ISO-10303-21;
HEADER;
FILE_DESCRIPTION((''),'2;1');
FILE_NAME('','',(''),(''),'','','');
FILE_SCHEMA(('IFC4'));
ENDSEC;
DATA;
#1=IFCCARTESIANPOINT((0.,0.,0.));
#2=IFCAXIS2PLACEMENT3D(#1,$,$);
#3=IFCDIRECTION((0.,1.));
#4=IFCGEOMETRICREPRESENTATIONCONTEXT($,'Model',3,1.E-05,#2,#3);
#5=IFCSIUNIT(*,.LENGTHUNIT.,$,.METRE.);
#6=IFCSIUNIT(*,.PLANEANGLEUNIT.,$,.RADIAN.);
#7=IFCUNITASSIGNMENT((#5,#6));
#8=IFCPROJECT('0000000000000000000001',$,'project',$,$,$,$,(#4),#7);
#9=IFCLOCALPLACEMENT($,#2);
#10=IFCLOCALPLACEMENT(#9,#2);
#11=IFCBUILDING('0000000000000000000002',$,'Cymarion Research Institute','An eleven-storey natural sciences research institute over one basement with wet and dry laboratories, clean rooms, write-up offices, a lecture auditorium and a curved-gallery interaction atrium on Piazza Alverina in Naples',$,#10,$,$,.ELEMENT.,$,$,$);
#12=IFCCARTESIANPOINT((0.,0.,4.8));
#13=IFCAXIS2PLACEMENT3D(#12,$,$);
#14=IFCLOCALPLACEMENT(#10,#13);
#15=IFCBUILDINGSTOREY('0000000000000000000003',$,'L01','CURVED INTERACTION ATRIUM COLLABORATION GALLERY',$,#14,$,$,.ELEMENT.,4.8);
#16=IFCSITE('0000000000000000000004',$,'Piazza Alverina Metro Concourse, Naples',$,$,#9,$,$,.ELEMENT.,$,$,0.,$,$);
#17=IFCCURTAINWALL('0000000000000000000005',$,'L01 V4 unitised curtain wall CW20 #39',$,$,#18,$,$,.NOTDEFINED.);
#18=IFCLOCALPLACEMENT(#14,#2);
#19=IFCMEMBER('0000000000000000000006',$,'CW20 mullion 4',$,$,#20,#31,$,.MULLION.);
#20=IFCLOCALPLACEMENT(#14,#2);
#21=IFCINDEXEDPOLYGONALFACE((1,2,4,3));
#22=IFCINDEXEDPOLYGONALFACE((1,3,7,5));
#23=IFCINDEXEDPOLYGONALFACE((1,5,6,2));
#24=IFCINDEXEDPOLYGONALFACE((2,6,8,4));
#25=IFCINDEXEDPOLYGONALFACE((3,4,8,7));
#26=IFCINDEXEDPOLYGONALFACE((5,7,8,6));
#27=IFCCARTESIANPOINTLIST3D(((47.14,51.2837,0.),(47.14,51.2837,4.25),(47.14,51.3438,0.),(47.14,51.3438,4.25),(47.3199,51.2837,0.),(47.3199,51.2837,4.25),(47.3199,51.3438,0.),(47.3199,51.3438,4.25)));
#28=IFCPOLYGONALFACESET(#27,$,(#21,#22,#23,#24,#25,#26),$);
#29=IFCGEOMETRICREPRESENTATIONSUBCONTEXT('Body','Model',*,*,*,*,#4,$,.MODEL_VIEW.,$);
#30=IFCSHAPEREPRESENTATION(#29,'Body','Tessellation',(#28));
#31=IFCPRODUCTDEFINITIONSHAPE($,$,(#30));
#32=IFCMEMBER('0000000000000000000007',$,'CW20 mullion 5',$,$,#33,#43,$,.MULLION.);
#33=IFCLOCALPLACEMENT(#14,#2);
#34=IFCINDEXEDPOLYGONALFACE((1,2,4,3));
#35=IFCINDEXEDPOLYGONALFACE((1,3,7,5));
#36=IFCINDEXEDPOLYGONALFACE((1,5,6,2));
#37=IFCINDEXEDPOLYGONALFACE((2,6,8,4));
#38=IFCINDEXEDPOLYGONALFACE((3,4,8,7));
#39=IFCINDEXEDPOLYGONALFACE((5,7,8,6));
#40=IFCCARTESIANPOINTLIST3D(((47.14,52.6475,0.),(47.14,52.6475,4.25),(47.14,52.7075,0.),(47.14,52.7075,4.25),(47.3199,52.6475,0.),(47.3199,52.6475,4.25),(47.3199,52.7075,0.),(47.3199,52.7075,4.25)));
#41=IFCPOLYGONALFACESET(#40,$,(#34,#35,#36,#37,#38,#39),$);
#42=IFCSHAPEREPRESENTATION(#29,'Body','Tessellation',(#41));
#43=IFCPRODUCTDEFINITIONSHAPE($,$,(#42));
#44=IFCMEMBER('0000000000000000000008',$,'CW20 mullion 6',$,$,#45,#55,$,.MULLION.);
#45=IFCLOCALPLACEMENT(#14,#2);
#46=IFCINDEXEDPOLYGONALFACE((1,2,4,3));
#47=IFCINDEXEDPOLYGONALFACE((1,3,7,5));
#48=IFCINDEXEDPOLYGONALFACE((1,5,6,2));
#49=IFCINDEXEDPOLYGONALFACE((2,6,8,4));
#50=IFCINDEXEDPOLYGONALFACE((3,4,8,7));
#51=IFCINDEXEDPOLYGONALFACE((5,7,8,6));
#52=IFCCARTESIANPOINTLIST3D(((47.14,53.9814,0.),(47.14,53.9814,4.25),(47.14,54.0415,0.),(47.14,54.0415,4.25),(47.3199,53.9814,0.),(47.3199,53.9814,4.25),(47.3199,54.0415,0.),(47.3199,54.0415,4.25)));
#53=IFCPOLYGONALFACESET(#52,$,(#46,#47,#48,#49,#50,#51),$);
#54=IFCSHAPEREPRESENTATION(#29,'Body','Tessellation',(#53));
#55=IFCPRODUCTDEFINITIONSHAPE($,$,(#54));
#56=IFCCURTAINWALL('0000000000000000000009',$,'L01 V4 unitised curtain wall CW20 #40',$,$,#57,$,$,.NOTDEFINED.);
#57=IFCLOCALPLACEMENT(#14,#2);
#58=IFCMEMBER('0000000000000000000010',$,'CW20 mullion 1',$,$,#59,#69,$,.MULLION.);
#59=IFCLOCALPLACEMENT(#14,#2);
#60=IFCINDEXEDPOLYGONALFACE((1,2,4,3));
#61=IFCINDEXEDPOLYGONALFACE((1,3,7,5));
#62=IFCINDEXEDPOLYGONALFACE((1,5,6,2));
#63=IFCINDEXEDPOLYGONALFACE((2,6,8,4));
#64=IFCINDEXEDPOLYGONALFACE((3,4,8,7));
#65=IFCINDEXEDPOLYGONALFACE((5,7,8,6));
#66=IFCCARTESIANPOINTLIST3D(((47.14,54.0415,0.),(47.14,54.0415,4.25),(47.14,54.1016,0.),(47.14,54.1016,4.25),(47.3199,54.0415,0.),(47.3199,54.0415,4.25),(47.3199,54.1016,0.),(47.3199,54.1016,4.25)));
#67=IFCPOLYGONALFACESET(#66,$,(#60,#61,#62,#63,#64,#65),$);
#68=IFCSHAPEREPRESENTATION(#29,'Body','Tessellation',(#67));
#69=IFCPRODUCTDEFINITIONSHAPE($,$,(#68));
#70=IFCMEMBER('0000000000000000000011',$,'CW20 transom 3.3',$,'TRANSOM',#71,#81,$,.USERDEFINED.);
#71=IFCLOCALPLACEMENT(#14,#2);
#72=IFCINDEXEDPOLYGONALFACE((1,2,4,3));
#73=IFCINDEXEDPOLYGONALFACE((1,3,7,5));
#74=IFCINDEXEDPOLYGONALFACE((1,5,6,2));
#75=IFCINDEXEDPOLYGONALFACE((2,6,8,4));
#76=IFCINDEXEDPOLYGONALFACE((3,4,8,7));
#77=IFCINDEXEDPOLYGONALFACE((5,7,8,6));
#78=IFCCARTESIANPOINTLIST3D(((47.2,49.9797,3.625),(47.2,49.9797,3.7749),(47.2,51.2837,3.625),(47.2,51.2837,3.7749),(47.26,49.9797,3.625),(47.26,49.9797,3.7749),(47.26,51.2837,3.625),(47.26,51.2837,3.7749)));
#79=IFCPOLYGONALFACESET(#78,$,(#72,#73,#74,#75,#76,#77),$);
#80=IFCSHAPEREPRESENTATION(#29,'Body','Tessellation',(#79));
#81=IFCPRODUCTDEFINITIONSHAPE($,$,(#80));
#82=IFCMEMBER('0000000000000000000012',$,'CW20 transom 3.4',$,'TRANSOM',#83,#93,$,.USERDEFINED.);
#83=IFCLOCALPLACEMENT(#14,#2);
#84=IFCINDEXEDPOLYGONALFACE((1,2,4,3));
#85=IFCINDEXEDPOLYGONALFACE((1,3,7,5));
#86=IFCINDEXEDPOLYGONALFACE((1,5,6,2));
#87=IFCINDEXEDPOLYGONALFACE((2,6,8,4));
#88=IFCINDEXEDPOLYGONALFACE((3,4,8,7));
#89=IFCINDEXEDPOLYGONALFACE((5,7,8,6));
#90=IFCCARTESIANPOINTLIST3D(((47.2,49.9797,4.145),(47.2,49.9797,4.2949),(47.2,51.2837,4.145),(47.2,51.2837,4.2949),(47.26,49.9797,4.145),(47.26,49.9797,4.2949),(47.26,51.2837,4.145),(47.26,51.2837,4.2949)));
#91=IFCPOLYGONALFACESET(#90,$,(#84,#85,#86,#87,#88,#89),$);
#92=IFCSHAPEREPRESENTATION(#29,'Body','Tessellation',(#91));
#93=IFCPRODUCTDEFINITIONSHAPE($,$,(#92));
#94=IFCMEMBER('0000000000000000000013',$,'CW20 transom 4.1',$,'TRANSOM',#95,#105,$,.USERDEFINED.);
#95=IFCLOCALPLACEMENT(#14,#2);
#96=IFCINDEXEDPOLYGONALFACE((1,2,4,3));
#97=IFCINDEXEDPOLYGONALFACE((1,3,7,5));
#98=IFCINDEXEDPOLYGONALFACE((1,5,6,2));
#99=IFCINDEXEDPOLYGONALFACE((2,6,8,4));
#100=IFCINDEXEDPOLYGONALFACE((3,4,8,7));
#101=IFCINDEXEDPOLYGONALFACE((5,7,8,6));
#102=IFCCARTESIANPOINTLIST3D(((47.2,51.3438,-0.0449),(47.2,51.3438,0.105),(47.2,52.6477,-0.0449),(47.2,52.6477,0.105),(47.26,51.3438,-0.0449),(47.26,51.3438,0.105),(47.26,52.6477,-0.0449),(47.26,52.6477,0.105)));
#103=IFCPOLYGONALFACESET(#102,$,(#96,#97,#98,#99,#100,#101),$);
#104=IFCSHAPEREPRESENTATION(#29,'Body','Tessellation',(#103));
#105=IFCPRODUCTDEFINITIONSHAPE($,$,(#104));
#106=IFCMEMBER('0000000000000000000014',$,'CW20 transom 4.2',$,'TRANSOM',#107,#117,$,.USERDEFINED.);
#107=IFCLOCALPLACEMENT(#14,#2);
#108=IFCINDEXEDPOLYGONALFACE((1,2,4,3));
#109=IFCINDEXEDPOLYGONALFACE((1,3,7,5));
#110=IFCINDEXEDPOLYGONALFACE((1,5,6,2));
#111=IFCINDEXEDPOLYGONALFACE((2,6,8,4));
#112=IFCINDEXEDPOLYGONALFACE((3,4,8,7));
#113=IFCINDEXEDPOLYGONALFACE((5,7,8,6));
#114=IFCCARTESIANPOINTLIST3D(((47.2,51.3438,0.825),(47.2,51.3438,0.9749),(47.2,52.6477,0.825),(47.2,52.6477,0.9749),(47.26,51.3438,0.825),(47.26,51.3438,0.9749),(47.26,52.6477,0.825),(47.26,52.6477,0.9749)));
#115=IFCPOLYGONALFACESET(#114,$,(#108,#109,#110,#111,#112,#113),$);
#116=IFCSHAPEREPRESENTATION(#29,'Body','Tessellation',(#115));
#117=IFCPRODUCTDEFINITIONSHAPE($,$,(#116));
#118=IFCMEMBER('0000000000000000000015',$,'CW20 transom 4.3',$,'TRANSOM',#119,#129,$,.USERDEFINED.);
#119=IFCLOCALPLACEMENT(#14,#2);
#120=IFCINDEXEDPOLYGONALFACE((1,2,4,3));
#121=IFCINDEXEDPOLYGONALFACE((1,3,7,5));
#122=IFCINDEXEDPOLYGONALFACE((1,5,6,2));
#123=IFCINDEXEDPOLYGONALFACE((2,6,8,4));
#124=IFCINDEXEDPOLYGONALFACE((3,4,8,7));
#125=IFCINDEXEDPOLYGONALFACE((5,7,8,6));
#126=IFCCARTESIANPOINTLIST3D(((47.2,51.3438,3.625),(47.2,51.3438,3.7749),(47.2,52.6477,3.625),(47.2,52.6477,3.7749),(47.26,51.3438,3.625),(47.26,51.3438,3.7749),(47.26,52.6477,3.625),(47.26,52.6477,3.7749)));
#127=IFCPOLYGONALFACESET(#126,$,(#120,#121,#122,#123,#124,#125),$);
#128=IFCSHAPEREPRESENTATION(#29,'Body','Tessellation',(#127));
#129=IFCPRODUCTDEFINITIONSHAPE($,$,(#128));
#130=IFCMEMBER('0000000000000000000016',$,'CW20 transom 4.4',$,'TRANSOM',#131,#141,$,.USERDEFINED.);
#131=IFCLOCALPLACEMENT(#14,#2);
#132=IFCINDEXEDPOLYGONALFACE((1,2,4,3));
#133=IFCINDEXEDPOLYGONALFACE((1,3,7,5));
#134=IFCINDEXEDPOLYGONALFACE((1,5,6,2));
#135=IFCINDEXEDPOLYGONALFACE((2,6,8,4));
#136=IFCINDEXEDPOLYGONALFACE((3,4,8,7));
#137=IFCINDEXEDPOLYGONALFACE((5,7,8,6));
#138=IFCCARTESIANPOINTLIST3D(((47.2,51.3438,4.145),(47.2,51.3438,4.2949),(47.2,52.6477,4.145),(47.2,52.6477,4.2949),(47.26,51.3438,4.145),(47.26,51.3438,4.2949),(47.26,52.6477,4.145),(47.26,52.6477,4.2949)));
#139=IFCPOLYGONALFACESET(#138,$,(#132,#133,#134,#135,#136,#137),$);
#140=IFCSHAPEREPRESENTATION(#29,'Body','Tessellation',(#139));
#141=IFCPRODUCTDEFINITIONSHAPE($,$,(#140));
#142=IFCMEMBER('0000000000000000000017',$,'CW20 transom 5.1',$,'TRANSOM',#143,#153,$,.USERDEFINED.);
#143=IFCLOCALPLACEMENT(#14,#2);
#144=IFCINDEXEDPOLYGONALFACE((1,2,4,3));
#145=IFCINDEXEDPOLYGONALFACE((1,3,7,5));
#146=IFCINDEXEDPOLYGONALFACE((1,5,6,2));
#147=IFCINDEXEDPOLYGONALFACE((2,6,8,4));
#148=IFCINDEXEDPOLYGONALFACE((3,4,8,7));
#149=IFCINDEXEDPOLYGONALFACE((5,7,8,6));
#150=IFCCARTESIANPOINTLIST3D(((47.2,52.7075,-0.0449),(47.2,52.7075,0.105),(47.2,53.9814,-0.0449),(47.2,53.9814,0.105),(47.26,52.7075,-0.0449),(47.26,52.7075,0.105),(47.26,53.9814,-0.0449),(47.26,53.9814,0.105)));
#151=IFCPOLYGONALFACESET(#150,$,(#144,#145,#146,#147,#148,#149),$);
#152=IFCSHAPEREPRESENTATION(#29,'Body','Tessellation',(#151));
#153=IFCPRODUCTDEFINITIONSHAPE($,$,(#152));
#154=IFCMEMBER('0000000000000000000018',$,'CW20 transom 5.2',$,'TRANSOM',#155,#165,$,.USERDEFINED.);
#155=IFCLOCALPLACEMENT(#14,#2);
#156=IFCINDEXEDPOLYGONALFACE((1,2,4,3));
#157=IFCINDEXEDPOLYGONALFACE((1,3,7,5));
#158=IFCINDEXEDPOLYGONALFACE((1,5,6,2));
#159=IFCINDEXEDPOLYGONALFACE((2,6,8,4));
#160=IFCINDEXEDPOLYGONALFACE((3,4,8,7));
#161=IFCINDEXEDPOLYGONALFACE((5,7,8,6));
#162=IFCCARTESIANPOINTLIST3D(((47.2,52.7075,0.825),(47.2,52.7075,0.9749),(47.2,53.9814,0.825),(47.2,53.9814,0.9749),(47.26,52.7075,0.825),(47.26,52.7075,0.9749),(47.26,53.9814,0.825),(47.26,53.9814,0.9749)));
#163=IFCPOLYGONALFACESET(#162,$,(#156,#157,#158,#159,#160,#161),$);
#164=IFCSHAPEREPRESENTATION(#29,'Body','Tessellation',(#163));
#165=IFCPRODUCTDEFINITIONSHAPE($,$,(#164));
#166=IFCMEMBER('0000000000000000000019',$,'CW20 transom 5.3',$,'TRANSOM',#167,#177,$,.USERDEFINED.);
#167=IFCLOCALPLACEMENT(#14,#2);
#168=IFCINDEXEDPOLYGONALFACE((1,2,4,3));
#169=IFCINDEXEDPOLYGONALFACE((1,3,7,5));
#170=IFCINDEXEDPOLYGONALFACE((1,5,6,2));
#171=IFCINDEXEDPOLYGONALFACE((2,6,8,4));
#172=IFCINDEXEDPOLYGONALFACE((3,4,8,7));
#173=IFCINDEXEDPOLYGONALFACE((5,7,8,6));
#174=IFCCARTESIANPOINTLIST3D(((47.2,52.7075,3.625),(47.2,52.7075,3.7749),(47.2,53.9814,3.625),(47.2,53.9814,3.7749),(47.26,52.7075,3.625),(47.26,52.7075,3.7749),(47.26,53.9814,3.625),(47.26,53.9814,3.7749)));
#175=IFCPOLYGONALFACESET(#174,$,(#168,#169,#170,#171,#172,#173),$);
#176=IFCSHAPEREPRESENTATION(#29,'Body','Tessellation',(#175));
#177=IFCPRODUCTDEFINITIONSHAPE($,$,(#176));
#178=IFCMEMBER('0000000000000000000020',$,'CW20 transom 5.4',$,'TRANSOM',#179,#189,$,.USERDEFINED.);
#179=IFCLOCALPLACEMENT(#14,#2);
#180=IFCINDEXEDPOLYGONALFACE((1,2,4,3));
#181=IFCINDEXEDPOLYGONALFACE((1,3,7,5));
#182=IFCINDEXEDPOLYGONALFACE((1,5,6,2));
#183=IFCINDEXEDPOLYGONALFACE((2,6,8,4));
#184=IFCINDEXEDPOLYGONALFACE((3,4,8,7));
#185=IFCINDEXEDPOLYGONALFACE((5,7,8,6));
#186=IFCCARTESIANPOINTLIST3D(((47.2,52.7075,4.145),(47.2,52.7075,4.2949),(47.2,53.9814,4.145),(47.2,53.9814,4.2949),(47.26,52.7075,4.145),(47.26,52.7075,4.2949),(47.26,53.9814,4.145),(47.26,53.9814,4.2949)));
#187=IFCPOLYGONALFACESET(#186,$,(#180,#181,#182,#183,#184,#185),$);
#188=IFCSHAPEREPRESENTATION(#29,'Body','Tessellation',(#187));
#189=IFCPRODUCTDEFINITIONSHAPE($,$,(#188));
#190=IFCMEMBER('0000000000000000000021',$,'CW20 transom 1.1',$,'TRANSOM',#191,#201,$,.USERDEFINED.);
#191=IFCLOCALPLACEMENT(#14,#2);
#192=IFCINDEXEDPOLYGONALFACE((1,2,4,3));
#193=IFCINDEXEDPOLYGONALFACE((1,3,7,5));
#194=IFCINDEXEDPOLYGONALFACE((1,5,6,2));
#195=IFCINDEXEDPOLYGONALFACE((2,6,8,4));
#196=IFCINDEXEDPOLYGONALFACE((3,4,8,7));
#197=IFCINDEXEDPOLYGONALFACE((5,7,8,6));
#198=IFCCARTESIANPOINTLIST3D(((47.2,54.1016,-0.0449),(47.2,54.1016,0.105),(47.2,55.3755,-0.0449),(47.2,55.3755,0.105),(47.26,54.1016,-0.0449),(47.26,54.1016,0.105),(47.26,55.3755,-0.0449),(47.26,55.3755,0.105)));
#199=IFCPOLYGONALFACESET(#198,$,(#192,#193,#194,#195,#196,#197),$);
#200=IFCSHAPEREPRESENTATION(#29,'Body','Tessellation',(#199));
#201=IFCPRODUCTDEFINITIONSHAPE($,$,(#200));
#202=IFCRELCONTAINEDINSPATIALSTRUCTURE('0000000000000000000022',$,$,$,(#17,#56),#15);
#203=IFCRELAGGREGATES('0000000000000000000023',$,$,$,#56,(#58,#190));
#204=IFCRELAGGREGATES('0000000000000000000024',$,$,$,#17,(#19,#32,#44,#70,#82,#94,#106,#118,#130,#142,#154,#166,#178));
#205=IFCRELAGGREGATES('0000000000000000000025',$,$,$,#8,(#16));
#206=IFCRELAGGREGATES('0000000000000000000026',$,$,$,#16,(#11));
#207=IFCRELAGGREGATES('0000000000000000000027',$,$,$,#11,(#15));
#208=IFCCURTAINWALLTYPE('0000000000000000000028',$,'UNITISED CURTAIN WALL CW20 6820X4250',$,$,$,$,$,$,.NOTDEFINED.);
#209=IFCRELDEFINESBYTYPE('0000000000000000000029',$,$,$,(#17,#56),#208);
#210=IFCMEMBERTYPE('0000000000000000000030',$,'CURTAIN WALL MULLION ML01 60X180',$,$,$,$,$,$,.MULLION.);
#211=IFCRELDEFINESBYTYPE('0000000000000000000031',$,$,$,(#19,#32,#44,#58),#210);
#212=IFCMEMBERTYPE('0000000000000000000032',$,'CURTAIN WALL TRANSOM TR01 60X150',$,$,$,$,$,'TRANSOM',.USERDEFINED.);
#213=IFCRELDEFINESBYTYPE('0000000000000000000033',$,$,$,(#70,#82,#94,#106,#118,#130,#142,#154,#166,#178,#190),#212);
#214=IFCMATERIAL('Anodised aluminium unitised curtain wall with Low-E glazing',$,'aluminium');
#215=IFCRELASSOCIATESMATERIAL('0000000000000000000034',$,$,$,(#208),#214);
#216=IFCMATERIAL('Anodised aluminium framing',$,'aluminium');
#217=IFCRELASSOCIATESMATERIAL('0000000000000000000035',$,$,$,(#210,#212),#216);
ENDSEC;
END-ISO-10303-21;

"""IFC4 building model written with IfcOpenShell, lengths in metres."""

from ifc_helpers import new_model, si_unit, direction, frame, origin, origin_2d, place, context, subcontext, project, spatial, rectangle, extrude, material, material_profile, profile_set, type_object, element, aggregate, save


model = new_model("IFC4")

# Units and contexts
model_context = context("Model", 3, precision=1e-05, world=origin(), true_north=direction((0.0, 1.0)))
body_context = subcontext(model_context, "Body", "Model", "MODEL_VIEW")
ifc_project = project(units=[si_unit("LENGTHUNIT", "METRE"), si_unit("PLANEANGLEUNIT", "RADIAN")], contexts=[model_context])

# Site, building, storey
site_placement = place(None, origin())
site = spatial("IfcSite", under=ifc_project, at=site_placement, Name="Piazza Alverina Metro Concourse, Naples", CompositionType="ELEMENT", RefElevation=0.0)
building_placement = place(site_placement, origin())
building = spatial("IfcBuilding", under=site, at=building_placement, Name="Cymarion Research Institute", Description="An eleven-storey natural sciences research institute over one basement with wet and dry laboratories, clean rooms, write-up offices, a lecture auditorium and a curved-gallery interaction atrium on Piazza Alverina in Naples", CompositionType="ELEMENT")
storey_placement = place(building_placement, frame((0.0, 0.0, 4.8)))
storey = spatial("IfcBuildingStorey", under=building, at=storey_placement, Name="L01", Description="CURVED INTERACTION ATRIUM COLLABORATION GALLERY", CompositionType="ELEMENT", Elevation=4.8)

# Curtain wall, members
ifc_material_1 = material(Name="Anodised aluminium unitised curtain wall with Low-E glazing", Category="aluminium")
curtain_wall_type = type_object("IfcCurtainWallType", Name="UNITISED CURTAIN WALL CW20 6820X4250", PredefinedType="NOTDEFINED", material=ifc_material_1)
curtain_wall_1_placement = place(storey_placement, origin())
curtain_wall_1 = element("IfcCurtainWall", 1, at=curtain_wall_1_placement, inside=storey, type_object=curtain_wall_type, Name="L01 V4 unitised curtain wall CW20 #39", PredefinedType="NOTDEFINED")
ifc_material_2 = material(Name="Anodised aluminium framing", Category="aluminium")
ifc_material_profile_1 = material_profile(ifc_material_2, rectangle(XDim=0.0601, YDim=0.1799, at=origin_2d()), Name="ALU MULLION 60x180")
ifc_profile_set_1 = profile_set([ifc_material_profile_1], Name="Anodised aluminium framing")
member_type_1 = type_object("IfcMemberType", Name="CURTAIN WALL MULLION ML01 60X180", PredefinedType="MULLION", material=ifc_profile_set_1)
member_1_placement = place(storey_placement, frame((47.23, 51.3137, 0.0), z_axis=(0.0, 0.0, 1.0), x_axis=(0.0, 1.0, 0.0)))
member_1 = element("IfcMember", 2, at=member_1_placement, type_object=member_type_1, Name="CW20 mullion 4", PredefinedType="MULLION", context=body_context, shape_type="SweptSolid", body=[
    extrude(rectangle(XDim=0.0601, YDim=0.1799, at=origin_2d()), origin(), (0.0, 0.0, 1.0), 4.25),
])
member_2_placement = place(storey_placement, frame((47.23, 52.6775, 0.0), z_axis=(0.0, 0.0, 1.0), x_axis=(0.0, 1.0, 0.0)))
member_2 = element("IfcMember", 3, at=member_2_placement, type_object=member_type_1, Name="CW20 mullion 5", PredefinedType="MULLION", context=body_context, shape_type="SweptSolid", body=[
    extrude(rectangle(XDim=0.0601, YDim=0.1799, at=origin_2d()), origin(), (0.0, 0.0, 1.0), 4.25),
])
member_3_placement = place(storey_placement, frame((47.23, 54.0115, 0.0), z_axis=(0.0, 0.0, 1.0), x_axis=(0.0, 1.0, 0.0)))
member_3 = element("IfcMember", 4, at=member_3_placement, type_object=member_type_1, Name="CW20 mullion 6", PredefinedType="MULLION", context=body_context, shape_type="SweptSolid", body=[
    extrude(rectangle(XDim=0.0601, YDim=0.1799, at=origin_2d()), origin(), (0.0, 0.0, 1.0), 4.25),
])

# Curtain wall, member
curtain_wall_2_placement = place(storey_placement, origin())
curtain_wall_2 = element("IfcCurtainWall", 5, at=curtain_wall_2_placement, inside=storey, type_object=curtain_wall_type, Name="L01 V4 unitised curtain wall CW20 #40", PredefinedType="NOTDEFINED")
member_4_placement = place(storey_placement, frame((47.23, 54.0715, 0.0), z_axis=(0.0, 0.0, 1.0), x_axis=(0.0, 1.0, 0.0)))
member_4 = element("IfcMember", 6, at=member_4_placement, type_object=member_type_1, Name="CW20 mullion 1", PredefinedType="MULLION", context=body_context, shape_type="SweptSolid", body=[
    extrude(rectangle(XDim=0.0601, YDim=0.1799, at=origin_2d()), origin(), (0.0, 0.0, 1.0), 4.25),
])

# Members
ifc_material_profile_2 = material_profile(ifc_material_2, rectangle(XDim=0.0601, YDim=0.1499, at=origin_2d()), Name="ALU TRANSOM 60x150")
ifc_profile_set_2 = profile_set([ifc_material_profile_2], Name="Anodised aluminium framing")
member_type_2 = type_object("IfcMemberType", Name="CURTAIN WALL TRANSOM TR01 60X150", ElementType="TRANSOM", PredefinedType="USERDEFINED", material=ifc_profile_set_2)
member_5_placement = place(storey_placement, frame((47.23, 49.9797, 3.7), z_axis=(0.0, 1.0, 0.0), x_axis=(-1.0, 0.0, 0.0)))
member_5 = element("IfcMember", 7, at=member_5_placement, type_object=member_type_2, Name="CW20 transom 3.3", ObjectType="TRANSOM", PredefinedType="USERDEFINED", context=body_context, shape_type="SweptSolid", body=[
    extrude(rectangle(XDim=0.0601, YDim=0.1499, at=origin_2d()), origin(), (0.0, 0.0, 1.0), 1.304),
])
member_6_placement = place(storey_placement, frame((47.23, 49.9797, 4.22), z_axis=(0.0, 1.0, 0.0), x_axis=(-1.0, 0.0, 0.0)))
member_6 = element("IfcMember", 8, at=member_6_placement, type_object=member_type_2, Name="CW20 transom 3.4", ObjectType="TRANSOM", PredefinedType="USERDEFINED", context=body_context, shape_type="SweptSolid", body=[
    extrude(rectangle(XDim=0.0601, YDim=0.1499, at=origin_2d()), origin(), (0.0, 0.0, 1.0), 1.304),
])
member_7_placement = place(storey_placement, frame((47.23, 51.3438, 0.03), z_axis=(0.0, 1.0, 0.0), x_axis=(-1.0, 0.0, 0.0)))
member_7 = element("IfcMember", 9, at=member_7_placement, type_object=member_type_2, Name="CW20 transom 4.1", ObjectType="TRANSOM", PredefinedType="USERDEFINED", context=body_context, shape_type="SweptSolid", body=[
    extrude(rectangle(XDim=0.0601, YDim=0.1499, at=origin_2d()), origin(), (0.0, 0.0, 1.0), 1.304),
])
member_8_placement = place(storey_placement, frame((47.23, 51.3438, 0.8999), z_axis=(0.0, 1.0, 0.0), x_axis=(-1.0, 0.0, 0.0)))
member_8 = element("IfcMember", 10, at=member_8_placement, type_object=member_type_2, Name="CW20 transom 4.2", ObjectType="TRANSOM", PredefinedType="USERDEFINED", context=body_context, shape_type="SweptSolid", body=[
    extrude(rectangle(XDim=0.0601, YDim=0.1499, at=origin_2d()), origin(), (0.0, 0.0, 1.0), 1.304),
])
member_9_placement = place(storey_placement, frame((47.23, 51.3438, 3.7), z_axis=(0.0, 1.0, 0.0), x_axis=(-1.0, 0.0, 0.0)))
member_9 = element("IfcMember", 11, at=member_9_placement, type_object=member_type_2, Name="CW20 transom 4.3", ObjectType="TRANSOM", PredefinedType="USERDEFINED", context=body_context, shape_type="SweptSolid", body=[
    extrude(rectangle(XDim=0.0601, YDim=0.1499, at=origin_2d()), origin(), (0.0, 0.0, 1.0), 1.304),
])
member_10_placement = place(storey_placement, frame((47.23, 51.3438, 4.22), z_axis=(0.0, 1.0, 0.0), x_axis=(-1.0, 0.0, 0.0)))
member_10 = element("IfcMember", 12, at=member_10_placement, type_object=member_type_2, Name="CW20 transom 4.4", ObjectType="TRANSOM", PredefinedType="USERDEFINED", context=body_context, shape_type="SweptSolid", body=[
    extrude(rectangle(XDim=0.0601, YDim=0.1499, at=origin_2d()), origin(), (0.0, 0.0, 1.0), 1.304),
])
member_11_placement = place(storey_placement, frame((47.23, 52.7075, 0.03), z_axis=(0.0, 1.0, 0.0), x_axis=(-1.0, 0.0, 0.0)))
member_11 = element("IfcMember", 13, at=member_11_placement, type_object=member_type_2, Name="CW20 transom 5.1", ObjectType="TRANSOM", PredefinedType="USERDEFINED", context=body_context, shape_type="SweptSolid", body=[
    extrude(rectangle(XDim=0.0601, YDim=0.1499, at=origin_2d()), origin(), (0.0, 0.0, 1.0), 1.2739),
])
member_12_placement = place(storey_placement, frame((47.23, 52.7075, 0.8999), z_axis=(0.0, 1.0, 0.0), x_axis=(-1.0, 0.0, 0.0)))
member_12 = element("IfcMember", 14, at=member_12_placement, type_object=member_type_2, Name="CW20 transom 5.2", ObjectType="TRANSOM", PredefinedType="USERDEFINED", context=body_context, shape_type="SweptSolid", body=[
    extrude(rectangle(XDim=0.0601, YDim=0.1499, at=origin_2d()), origin(), (0.0, 0.0, 1.0), 1.2739),
])
member_13_placement = place(storey_placement, frame((47.23, 52.7075, 3.7), z_axis=(0.0, 1.0, 0.0), x_axis=(-1.0, 0.0, 0.0)))
member_13 = element("IfcMember", 15, at=member_13_placement, type_object=member_type_2, Name="CW20 transom 5.3", ObjectType="TRANSOM", PredefinedType="USERDEFINED", context=body_context, shape_type="SweptSolid", body=[
    extrude(rectangle(XDim=0.0601, YDim=0.1499, at=origin_2d()), origin(), (0.0, 0.0, 1.0), 1.2739),
])
member_14_placement = place(storey_placement, frame((47.23, 52.7075, 4.22), z_axis=(0.0, 1.0, 0.0), x_axis=(-1.0, 0.0, 0.0)))
member_14 = element("IfcMember", 16, at=member_14_placement, type_object=member_type_2, Name="CW20 transom 5.4", ObjectType="TRANSOM", PredefinedType="USERDEFINED", context=body_context, shape_type="SweptSolid", body=[
    extrude(rectangle(XDim=0.0601, YDim=0.1499, at=origin_2d()), origin(), (0.0, 0.0, 1.0), 1.2739),
])
member_15_placement = place(storey_placement, frame((47.23, 54.1016, 0.03), z_axis=(0.0, 1.0, 0.0), x_axis=(-1.0, 0.0, 0.0)))
member_15 = element("IfcMember", 17, at=member_15_placement, type_object=member_type_2, Name="CW20 transom 1.1", ObjectType="TRANSOM", PredefinedType="USERDEFINED", context=body_context, shape_type="SweptSolid", body=[
    extrude(rectangle(XDim=0.0601, YDim=0.1499, at=origin_2d()), origin(), (0.0, 0.0, 1.0), 1.2739),
])
aggregate(curtain_wall_2, [member_4, member_15])

aggregate(curtain_wall_1, [member_1, member_2, member_3, member_5, member_6, member_7, member_8, member_9, member_10, member_11, member_12, member_13, member_14])

save(model, "model.ifc")
